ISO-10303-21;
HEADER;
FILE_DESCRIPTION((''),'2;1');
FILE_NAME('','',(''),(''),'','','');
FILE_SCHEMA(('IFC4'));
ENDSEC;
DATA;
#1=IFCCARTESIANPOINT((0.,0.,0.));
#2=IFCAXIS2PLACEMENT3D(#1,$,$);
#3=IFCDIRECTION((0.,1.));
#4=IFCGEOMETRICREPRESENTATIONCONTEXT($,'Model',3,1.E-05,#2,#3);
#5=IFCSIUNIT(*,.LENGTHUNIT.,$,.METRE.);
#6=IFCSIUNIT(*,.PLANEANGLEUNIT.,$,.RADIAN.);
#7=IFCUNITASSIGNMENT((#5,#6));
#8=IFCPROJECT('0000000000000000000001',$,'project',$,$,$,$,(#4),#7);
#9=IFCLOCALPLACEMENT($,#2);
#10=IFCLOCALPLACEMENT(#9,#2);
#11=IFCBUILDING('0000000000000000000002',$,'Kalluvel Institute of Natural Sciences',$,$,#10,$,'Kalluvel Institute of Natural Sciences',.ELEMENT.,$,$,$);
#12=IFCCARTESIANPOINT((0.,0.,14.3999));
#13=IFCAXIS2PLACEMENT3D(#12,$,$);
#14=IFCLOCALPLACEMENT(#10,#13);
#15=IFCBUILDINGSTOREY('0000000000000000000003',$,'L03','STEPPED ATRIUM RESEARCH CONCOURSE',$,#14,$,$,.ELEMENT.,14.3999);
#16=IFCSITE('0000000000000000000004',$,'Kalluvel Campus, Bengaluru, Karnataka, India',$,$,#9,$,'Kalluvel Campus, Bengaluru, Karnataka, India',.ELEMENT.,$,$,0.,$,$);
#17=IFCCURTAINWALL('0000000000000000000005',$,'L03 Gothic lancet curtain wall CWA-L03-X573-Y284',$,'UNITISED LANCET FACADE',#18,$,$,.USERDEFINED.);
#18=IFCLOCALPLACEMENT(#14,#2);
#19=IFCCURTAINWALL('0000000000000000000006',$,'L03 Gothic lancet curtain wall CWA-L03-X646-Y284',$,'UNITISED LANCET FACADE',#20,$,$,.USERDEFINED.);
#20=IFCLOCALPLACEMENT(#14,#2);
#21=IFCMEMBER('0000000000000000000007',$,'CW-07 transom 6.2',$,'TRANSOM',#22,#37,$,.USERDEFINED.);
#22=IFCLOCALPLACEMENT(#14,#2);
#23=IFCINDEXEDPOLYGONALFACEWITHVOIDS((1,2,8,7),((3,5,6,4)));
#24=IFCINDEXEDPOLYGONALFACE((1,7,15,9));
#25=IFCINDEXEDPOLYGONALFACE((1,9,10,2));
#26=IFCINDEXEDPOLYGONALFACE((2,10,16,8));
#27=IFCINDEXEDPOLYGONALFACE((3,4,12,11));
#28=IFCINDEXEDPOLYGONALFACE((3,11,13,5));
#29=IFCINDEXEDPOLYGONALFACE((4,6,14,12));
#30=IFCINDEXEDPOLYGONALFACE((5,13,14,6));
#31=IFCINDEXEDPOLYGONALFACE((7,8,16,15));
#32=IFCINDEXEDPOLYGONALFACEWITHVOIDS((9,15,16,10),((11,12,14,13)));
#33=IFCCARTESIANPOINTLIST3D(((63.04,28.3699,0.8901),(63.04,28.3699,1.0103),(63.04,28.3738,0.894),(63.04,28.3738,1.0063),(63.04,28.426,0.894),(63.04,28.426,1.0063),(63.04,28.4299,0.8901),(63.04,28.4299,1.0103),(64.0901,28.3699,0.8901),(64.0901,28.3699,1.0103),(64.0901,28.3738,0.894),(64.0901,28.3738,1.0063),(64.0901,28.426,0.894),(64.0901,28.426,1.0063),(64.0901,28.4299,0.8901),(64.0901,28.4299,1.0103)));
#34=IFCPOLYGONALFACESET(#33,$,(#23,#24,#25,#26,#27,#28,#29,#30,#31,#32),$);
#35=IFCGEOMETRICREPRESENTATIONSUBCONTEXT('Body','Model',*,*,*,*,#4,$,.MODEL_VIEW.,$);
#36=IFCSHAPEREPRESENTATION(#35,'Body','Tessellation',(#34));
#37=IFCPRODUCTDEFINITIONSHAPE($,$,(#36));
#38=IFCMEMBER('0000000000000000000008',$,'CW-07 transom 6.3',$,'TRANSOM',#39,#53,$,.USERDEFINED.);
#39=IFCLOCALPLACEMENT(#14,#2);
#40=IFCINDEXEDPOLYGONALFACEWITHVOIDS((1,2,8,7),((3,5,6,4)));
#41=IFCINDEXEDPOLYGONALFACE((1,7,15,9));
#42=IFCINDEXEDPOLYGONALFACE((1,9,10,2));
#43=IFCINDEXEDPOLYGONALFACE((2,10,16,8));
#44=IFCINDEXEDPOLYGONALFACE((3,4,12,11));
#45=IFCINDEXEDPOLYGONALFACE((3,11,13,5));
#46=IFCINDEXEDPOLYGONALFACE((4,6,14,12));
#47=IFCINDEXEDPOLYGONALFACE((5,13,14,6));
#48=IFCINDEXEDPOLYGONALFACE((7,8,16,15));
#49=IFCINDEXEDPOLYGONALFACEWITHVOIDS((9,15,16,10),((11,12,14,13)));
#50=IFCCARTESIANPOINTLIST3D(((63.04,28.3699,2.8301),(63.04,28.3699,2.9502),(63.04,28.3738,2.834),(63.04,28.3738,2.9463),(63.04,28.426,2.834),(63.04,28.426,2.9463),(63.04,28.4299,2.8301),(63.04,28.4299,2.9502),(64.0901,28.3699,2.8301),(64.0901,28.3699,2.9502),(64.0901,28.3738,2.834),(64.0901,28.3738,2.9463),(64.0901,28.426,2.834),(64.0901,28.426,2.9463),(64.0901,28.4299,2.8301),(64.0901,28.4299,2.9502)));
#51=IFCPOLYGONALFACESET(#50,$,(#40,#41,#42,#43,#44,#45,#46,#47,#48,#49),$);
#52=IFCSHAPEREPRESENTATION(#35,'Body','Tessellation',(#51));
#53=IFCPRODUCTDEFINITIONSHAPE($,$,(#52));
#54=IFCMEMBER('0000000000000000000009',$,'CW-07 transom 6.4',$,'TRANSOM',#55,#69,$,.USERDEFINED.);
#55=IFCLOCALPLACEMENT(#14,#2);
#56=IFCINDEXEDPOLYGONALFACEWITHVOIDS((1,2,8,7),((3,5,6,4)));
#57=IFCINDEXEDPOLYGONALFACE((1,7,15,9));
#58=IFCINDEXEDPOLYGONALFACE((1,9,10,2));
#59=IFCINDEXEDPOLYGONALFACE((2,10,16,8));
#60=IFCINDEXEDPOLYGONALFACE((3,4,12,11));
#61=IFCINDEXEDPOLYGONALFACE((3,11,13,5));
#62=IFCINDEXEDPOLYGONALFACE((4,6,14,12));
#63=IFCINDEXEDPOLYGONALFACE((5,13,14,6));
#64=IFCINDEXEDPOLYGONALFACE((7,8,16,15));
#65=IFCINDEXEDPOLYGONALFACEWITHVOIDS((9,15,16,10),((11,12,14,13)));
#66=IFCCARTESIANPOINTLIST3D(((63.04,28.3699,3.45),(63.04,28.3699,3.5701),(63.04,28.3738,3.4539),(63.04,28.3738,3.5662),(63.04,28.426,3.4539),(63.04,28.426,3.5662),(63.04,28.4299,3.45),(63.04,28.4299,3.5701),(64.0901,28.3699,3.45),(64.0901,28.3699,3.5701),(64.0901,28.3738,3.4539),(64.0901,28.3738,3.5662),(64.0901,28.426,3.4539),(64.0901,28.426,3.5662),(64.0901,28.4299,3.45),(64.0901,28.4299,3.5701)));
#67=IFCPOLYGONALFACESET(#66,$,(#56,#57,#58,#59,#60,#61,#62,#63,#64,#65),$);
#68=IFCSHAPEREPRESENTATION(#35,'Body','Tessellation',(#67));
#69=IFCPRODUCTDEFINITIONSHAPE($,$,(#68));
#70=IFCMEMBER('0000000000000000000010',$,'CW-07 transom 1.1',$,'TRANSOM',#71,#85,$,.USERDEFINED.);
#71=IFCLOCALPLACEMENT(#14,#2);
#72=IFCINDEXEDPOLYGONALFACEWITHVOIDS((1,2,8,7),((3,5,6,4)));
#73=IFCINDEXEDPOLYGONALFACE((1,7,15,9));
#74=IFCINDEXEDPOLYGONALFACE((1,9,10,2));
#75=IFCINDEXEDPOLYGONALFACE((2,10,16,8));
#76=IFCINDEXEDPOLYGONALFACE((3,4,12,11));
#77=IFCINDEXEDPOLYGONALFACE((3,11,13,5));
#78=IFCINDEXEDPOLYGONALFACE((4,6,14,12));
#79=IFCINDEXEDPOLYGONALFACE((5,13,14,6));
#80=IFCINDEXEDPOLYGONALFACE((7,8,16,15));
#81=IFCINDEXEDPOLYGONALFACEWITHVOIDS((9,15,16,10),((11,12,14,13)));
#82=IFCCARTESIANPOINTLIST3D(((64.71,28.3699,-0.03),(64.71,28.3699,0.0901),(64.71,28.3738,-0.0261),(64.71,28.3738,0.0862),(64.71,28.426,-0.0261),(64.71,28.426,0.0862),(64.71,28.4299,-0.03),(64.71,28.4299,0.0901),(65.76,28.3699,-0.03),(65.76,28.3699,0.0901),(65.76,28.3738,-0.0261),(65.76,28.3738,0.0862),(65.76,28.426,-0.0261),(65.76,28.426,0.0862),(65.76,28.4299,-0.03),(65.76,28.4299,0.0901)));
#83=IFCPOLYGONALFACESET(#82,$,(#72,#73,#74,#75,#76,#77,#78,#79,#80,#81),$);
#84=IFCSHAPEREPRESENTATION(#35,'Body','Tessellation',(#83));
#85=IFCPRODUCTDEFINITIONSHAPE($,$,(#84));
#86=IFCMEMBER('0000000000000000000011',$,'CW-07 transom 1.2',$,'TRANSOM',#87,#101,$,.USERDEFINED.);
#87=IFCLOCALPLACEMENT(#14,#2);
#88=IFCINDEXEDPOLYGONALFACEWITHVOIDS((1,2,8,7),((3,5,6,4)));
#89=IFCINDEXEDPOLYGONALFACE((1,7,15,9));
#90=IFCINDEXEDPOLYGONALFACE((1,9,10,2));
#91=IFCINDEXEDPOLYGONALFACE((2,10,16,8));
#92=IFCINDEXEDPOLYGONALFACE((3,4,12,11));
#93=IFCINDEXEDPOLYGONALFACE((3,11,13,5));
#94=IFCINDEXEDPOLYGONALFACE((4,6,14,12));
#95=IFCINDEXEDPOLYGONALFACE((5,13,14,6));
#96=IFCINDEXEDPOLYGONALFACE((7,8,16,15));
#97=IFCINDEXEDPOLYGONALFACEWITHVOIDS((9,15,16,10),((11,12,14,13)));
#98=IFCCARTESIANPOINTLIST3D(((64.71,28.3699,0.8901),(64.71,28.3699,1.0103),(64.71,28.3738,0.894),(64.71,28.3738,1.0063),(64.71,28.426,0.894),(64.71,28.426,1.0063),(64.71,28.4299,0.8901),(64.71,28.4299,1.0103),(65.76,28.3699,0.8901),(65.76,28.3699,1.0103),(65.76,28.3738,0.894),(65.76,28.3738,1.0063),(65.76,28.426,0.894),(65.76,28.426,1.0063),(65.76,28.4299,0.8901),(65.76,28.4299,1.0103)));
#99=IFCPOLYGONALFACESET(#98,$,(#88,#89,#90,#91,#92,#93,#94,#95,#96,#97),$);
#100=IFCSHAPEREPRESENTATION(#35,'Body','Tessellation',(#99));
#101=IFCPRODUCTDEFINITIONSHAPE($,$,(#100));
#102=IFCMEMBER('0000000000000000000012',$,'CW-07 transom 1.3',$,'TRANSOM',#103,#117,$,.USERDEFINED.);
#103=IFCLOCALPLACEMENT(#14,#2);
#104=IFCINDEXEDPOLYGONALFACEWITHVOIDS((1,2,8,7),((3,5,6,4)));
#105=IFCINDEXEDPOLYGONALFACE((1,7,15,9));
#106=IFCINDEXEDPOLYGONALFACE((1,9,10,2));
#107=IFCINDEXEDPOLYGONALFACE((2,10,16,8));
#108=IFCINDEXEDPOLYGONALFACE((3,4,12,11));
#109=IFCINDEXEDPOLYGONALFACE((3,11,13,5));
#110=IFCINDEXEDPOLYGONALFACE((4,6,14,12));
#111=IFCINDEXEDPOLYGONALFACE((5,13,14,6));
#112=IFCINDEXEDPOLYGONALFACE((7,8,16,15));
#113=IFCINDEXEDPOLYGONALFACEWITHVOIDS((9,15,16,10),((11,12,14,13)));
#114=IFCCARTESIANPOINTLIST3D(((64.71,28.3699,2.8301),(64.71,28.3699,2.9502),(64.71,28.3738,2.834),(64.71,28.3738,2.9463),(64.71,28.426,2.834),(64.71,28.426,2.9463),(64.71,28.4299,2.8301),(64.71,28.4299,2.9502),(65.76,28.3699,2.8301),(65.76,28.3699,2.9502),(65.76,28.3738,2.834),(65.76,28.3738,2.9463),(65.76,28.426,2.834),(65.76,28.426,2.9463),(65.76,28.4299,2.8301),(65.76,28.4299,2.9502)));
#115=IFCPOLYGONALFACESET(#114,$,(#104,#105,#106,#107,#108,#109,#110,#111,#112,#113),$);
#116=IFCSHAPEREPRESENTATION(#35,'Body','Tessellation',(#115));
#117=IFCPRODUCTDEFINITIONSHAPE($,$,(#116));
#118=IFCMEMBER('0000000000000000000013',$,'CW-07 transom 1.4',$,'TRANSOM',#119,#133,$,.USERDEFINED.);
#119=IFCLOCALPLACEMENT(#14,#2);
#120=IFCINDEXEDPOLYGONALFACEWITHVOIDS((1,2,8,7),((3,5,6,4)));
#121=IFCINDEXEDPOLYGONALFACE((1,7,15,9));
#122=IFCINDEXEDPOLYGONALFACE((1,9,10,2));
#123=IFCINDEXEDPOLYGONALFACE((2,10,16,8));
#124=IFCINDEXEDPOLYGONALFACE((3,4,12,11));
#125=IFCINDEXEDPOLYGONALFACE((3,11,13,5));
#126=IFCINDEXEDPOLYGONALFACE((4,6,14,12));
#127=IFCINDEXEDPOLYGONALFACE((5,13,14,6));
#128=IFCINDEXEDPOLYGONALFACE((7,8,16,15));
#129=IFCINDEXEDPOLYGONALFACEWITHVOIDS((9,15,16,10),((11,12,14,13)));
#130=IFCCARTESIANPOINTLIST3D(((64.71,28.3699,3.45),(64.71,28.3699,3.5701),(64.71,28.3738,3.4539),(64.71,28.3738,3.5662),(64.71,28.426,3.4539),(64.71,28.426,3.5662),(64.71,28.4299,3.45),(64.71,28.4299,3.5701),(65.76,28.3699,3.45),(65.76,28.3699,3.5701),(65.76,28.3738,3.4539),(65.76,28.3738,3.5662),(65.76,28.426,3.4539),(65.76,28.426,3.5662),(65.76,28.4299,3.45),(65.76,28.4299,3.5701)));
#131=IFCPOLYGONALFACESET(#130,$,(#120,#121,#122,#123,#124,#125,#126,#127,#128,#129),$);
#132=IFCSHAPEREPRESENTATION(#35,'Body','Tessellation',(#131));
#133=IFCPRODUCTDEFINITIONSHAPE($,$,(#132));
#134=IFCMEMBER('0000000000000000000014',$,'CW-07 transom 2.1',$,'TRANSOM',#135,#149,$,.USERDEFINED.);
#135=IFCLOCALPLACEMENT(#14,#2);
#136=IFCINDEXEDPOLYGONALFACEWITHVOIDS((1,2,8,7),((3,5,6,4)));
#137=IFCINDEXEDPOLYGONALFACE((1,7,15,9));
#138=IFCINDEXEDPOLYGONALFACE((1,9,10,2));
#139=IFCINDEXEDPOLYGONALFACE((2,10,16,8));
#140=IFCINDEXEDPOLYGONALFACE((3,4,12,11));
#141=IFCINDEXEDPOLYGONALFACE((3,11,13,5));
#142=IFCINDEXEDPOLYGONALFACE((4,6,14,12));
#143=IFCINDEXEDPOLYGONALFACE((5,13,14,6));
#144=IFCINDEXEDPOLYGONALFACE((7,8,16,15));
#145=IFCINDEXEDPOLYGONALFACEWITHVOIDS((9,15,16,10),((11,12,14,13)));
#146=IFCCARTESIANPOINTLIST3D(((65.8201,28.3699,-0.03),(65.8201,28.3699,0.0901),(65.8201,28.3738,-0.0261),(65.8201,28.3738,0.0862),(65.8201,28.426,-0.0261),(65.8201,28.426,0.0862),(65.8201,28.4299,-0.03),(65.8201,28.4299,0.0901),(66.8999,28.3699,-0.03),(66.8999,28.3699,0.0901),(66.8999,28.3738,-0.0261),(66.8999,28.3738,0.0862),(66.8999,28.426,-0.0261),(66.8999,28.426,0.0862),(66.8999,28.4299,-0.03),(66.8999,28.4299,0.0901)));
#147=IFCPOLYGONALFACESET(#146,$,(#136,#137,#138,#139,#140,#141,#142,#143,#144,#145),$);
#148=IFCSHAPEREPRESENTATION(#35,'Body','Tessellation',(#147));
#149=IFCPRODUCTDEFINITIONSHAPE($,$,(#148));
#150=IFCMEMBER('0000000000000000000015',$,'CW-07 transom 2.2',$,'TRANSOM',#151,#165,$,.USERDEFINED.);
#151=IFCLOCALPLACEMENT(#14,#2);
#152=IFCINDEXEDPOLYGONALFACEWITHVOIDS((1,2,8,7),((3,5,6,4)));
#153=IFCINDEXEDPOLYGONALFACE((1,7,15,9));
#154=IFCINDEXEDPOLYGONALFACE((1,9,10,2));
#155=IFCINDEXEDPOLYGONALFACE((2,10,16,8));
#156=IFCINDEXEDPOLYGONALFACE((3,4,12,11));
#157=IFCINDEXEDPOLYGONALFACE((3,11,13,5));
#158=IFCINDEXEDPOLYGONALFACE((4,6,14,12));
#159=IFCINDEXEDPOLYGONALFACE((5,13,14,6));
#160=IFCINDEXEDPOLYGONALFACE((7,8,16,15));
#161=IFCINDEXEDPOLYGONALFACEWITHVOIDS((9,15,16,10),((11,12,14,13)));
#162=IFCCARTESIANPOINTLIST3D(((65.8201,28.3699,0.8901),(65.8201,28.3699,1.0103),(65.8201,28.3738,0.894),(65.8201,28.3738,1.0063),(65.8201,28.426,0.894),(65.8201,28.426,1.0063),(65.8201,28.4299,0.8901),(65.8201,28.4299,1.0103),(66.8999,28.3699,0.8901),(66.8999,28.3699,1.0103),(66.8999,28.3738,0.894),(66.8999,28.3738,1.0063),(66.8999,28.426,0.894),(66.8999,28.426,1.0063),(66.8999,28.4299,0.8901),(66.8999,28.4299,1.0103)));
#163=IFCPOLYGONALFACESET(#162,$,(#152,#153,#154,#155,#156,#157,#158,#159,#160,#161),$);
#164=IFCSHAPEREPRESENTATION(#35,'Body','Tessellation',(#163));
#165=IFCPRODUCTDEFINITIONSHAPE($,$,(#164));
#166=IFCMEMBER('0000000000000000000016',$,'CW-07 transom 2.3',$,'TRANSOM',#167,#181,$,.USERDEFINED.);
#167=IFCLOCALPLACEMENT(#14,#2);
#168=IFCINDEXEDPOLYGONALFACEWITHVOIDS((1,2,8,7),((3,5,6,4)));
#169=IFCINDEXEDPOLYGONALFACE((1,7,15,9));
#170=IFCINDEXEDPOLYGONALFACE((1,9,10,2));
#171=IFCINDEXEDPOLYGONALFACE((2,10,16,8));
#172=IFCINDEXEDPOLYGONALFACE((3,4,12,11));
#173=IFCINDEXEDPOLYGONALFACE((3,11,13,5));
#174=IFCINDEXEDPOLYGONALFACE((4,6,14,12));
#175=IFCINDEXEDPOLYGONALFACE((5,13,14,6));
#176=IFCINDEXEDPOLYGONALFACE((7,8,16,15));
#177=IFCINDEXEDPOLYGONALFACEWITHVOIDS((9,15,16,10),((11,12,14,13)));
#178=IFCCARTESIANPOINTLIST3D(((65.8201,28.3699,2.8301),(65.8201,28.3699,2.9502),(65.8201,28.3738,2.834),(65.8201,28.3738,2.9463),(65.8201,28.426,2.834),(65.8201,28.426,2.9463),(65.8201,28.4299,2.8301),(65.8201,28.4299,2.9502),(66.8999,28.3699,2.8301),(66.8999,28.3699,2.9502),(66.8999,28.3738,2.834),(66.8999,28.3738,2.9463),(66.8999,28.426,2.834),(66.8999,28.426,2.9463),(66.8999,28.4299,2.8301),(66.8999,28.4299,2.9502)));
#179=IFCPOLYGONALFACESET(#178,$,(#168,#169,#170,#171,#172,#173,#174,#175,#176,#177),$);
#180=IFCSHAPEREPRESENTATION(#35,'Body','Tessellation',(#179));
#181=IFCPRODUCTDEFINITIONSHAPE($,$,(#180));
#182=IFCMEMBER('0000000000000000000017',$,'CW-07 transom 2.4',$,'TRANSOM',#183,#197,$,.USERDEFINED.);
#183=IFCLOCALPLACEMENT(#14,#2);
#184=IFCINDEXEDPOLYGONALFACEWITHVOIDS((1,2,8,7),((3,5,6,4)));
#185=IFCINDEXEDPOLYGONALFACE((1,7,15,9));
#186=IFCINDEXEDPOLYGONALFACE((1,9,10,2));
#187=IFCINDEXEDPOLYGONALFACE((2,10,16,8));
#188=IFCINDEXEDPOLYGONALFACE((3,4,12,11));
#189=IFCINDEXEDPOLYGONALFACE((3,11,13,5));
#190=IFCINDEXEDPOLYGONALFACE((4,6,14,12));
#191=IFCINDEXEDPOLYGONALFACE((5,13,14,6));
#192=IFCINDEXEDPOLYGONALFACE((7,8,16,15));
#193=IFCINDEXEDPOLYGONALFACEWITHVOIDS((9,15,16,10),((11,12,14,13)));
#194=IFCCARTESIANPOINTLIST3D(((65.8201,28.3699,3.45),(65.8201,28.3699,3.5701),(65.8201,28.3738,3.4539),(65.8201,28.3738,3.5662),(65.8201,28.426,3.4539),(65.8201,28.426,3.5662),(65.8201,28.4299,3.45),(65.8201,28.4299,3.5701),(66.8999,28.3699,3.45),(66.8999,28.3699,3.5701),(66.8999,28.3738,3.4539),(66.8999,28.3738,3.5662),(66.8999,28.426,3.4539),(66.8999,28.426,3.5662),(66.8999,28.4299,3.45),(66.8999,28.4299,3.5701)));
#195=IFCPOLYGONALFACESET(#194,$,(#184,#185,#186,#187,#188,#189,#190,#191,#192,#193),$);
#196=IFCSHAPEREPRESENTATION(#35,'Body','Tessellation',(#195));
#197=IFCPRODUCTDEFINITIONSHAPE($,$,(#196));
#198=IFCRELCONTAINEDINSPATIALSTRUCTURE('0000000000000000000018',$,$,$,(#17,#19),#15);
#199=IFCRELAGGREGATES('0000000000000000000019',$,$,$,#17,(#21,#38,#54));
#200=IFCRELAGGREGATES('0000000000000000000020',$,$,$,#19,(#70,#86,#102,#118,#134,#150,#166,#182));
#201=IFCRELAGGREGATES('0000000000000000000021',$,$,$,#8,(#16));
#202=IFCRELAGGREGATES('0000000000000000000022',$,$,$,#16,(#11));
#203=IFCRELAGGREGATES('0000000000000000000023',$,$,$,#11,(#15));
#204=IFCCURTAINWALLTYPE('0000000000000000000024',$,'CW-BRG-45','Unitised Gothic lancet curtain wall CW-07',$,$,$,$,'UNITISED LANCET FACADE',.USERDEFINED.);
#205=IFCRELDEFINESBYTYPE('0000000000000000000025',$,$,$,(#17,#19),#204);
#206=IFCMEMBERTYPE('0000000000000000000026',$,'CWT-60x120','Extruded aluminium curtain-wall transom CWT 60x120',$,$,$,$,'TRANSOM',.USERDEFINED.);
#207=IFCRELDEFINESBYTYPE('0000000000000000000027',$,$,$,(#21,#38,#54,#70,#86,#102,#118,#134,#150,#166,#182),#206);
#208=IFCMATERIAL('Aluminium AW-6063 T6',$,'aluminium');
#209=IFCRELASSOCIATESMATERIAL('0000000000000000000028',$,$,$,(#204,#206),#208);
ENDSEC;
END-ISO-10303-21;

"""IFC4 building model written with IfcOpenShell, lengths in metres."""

from ifc_helpers import new_model, si_unit, direction, frame, origin, origin_2d, place, context, subcontext, project, spatial, hollow_rectangle, extrude, material, material_profile, profile_set, type_object, element, aggregate, save


model = new_model("IFC4")

# Units and contexts
model_context = context("Model", 3, precision=1e-05, world=origin(), true_north=direction((0.0, 1.0)))
body_context = subcontext(model_context, "Body", "Model", "MODEL_VIEW")
ifc_project = project(units=[si_unit("LENGTHUNIT", "METRE"), si_unit("PLANEANGLEUNIT", "RADIAN")], contexts=[model_context])

# Site, building, storey
site_placement = place(None, origin())
site = spatial("IfcSite", under=ifc_project, at=site_placement, Name="Kalluvel Campus, Bengaluru, Karnataka, India", LongName="Kalluvel Campus, Bengaluru, Karnataka, India", CompositionType="ELEMENT", RefElevation=0.0)
building_placement = place(site_placement, origin())
building = spatial("IfcBuilding", under=site, at=building_placement, Name="Kalluvel Institute of Natural Sciences", LongName="Kalluvel Institute of Natural Sciences", CompositionType="ELEMENT")
storey_placement = place(building_placement, frame((0.0, 0.0, 14.3999)))
storey = spatial("IfcBuildingStorey", under=building, at=storey_placement, Name="L03", Description="STEPPED ATRIUM RESEARCH CONCOURSE", CompositionType="ELEMENT", Elevation=14.3999)

# Curtain walls
ifc_material_1 = material(Name="Aluminium AW-6063 T6", Category="aluminium")
curtain_wall_type = type_object("IfcCurtainWallType", Name="CW-BRG-45", Description="Unitised Gothic lancet curtain wall CW-07", ElementType="UNITISED LANCET FACADE", PredefinedType="USERDEFINED", material=ifc_material_1)
curtain_wall_1_placement = place(storey_placement, origin())
curtain_wall_1 = element("IfcCurtainWall", 1, at=curtain_wall_1_placement, inside=storey, type_object=curtain_wall_type, Name="L03 Gothic lancet curtain wall CWA-L03-X573-Y284", ObjectType="UNITISED LANCET FACADE", PredefinedType="USERDEFINED")
curtain_wall_2_placement = place(storey_placement, origin())
curtain_wall_2 = element("IfcCurtainWall", 2, at=curtain_wall_2_placement, inside=storey, type_object=curtain_wall_type, Name="L03 Gothic lancet curtain wall CWA-L03-X646-Y284", ObjectType="UNITISED LANCET FACADE", PredefinedType="USERDEFINED")

# Members
ifc_material_profile_1 = material_profile(ifc_material_1, hollow_rectangle(XDim=0.0601, YDim=0.1201, WallThickness=0.0039, at=origin_2d()), Name="CWT 60x120")
ifc_profile_set_1 = profile_set([ifc_material_profile_1], Name="Aluminium AW-6063 T6")
member_type_1 = type_object("IfcMemberType", Name="CWT-60x120", Description="Extruded aluminium curtain-wall transom CWT 60x120", ElementType="TRANSOM", PredefinedType="USERDEFINED", material=ifc_profile_set_1)
member_1_placement = place(storey_placement, frame((63.04, 28.3999, 0.9502), z_axis=(1.0, 0.0, 0.0), x_axis=(0.0, 1.0, 0.0)))
member_1 = element("IfcMember", 3, at=member_1_placement, type_object=member_type_1, Name="CW-07 transom 6.2", ObjectType="TRANSOM", PredefinedType="USERDEFINED", context=body_context, shape_type="SweptSolid", body=[
    extrude(hollow_rectangle(XDim=0.0601, YDim=0.1201, WallThickness=0.0039, at=origin_2d()), origin(), (0.0, 0.0, 1.0), 1.05),
])
member_2_placement = place(storey_placement, frame((63.04, 28.3999, 2.8901), z_axis=(1.0, 0.0, 0.0), x_axis=(0.0, 1.0, 0.0)))
member_2 = element("IfcMember", 4, at=member_2_placement, type_object=member_type_1, Name="CW-07 transom 6.3", ObjectType="TRANSOM", PredefinedType="USERDEFINED", context=body_context, shape_type="SweptSolid", body=[
    extrude(hollow_rectangle(XDim=0.0601, YDim=0.1201, WallThickness=0.0039, at=origin_2d()), origin(), (0.0, 0.0, 1.0), 1.05),
])
member_3_placement = place(storey_placement, frame((63.04, 28.3999, 3.51), z_axis=(1.0, 0.0, 0.0), x_axis=(0.0, 1.0, 0.0)))
member_3 = element("IfcMember", 5, at=member_3_placement, type_object=member_type_1, Name="CW-07 transom 6.4", ObjectType="TRANSOM", PredefinedType="USERDEFINED", context=body_context, shape_type="SweptSolid", body=[
    extrude(hollow_rectangle(XDim=0.0601, YDim=0.1201, WallThickness=0.0039, at=origin_2d()), origin(), (0.0, 0.0, 1.0), 1.05),
])
member_4_placement = place(storey_placement, frame((64.71, 28.3999, 0.03), z_axis=(1.0, 0.0, 0.0), x_axis=(0.0, 1.0, 0.0)))
member_4 = element("IfcMember", 6, at=member_4_placement, type_object=member_type_1, Name="CW-07 transom 1.1", ObjectType="TRANSOM", PredefinedType="USERDEFINED", context=body_context, shape_type="SweptSolid", body=[
    extrude(hollow_rectangle(XDim=0.0601, YDim=0.1201, WallThickness=0.0039, at=origin_2d()), origin(), (0.0, 0.0, 1.0), 1.05),
])
member_5_placement = place(storey_placement, frame((64.71, 28.3999, 0.9502), z_axis=(1.0, 0.0, 0.0), x_axis=(0.0, 1.0, 0.0)))
member_5 = element("IfcMember", 7, at=member_5_placement, type_object=member_type_1, Name="CW-07 transom 1.2", ObjectType="TRANSOM", PredefinedType="USERDEFINED", context=body_context, shape_type="SweptSolid", body=[
    extrude(hollow_rectangle(XDim=0.0601, YDim=0.1201, WallThickness=0.0039, at=origin_2d()), origin(), (0.0, 0.0, 1.0), 1.05),
])
member_6_placement = place(storey_placement, frame((64.71, 28.3999, 2.8901), z_axis=(1.0, 0.0, 0.0), x_axis=(0.0, 1.0, 0.0)))
member_6 = element("IfcMember", 8, at=member_6_placement, type_object=member_type_1, Name="CW-07 transom 1.3", ObjectType="TRANSOM", PredefinedType="USERDEFINED", context=body_context, shape_type="SweptSolid", body=[
    extrude(hollow_rectangle(XDim=0.0601, YDim=0.1201, WallThickness=0.0039, at=origin_2d()), origin(), (0.0, 0.0, 1.0), 1.05),
])
member_7_placement = place(storey_placement, frame((64.71, 28.3999, 3.51), z_axis=(1.0, 0.0, 0.0), x_axis=(0.0, 1.0, 0.0)))
member_7 = element("IfcMember", 9, at=member_7_placement, type_object=member_type_1, Name="CW-07 transom 1.4", ObjectType="TRANSOM", PredefinedType="USERDEFINED", context=body_context, shape_type="SweptSolid", body=[
    extrude(hollow_rectangle(XDim=0.0601, YDim=0.1201, WallThickness=0.0039, at=origin_2d()), origin(), (0.0, 0.0, 1.0), 1.05),
])
member_8_placement = place(storey_placement, frame((65.8201, 28.3999, 0.03), z_axis=(1.0, 0.0, 0.0), x_axis=(0.0, 1.0, 0.0)))
member_8 = element("IfcMember", 10, at=member_8_placement, type_object=member_type_1, Name="CW-07 transom 2.1", ObjectType="TRANSOM", PredefinedType="USERDEFINED", context=body_context, shape_type="SweptSolid", body=[
    extrude(hollow_rectangle(XDim=0.0601, YDim=0.1201, WallThickness=0.0039, at=origin_2d()), origin(), (0.0, 0.0, 1.0), 1.0798),
])
member_9_placement = place(storey_placement, frame((65.8201, 28.3999, 0.9502), z_axis=(1.0, 0.0, 0.0), x_axis=(0.0, 1.0, 0.0)))
member_9 = element("IfcMember", 11, at=member_9_placement, type_object=member_type_1, Name="CW-07 transom 2.2", ObjectType="TRANSOM", PredefinedType="USERDEFINED", context=body_context, shape_type="SweptSolid", body=[
    extrude(hollow_rectangle(XDim=0.0601, YDim=0.1201, WallThickness=0.0039, at=origin_2d()), origin(), (0.0, 0.0, 1.0), 1.0798),
])
member_10_placement = place(storey_placement, frame((65.8201, 28.3999, 2.8901), z_axis=(1.0, 0.0, 0.0), x_axis=(0.0, 1.0, 0.0)))
member_10 = element("IfcMember", 12, at=member_10_placement, type_object=member_type_1, Name="CW-07 transom 2.3", ObjectType="TRANSOM", PredefinedType="USERDEFINED", context=body_context, shape_type="SweptSolid", body=[
    extrude(hollow_rectangle(XDim=0.0601, YDim=0.1201, WallThickness=0.0039, at=origin_2d()), origin(), (0.0, 0.0, 1.0), 1.0798),
])
member_11_placement = place(storey_placement, frame((65.8201, 28.3999, 3.51), z_axis=(1.0, 0.0, 0.0), x_axis=(0.0, 1.0, 0.0)))
member_11 = element("IfcMember", 13, at=member_11_placement, type_object=member_type_1, Name="CW-07 transom 2.4", ObjectType="TRANSOM", PredefinedType="USERDEFINED", context=body_context, shape_type="SweptSolid", body=[
    extrude(hollow_rectangle(XDim=0.0601, YDim=0.1201, WallThickness=0.0039, at=origin_2d()), origin(), (0.0, 0.0, 1.0), 1.0798),
])

aggregate(curtain_wall_1, [member_1, member_2, member_3])
aggregate(curtain_wall_2, [member_4, member_5, member_6, member_7, member_8, member_9, member_10, member_11])

save(model, "model.ifc")
